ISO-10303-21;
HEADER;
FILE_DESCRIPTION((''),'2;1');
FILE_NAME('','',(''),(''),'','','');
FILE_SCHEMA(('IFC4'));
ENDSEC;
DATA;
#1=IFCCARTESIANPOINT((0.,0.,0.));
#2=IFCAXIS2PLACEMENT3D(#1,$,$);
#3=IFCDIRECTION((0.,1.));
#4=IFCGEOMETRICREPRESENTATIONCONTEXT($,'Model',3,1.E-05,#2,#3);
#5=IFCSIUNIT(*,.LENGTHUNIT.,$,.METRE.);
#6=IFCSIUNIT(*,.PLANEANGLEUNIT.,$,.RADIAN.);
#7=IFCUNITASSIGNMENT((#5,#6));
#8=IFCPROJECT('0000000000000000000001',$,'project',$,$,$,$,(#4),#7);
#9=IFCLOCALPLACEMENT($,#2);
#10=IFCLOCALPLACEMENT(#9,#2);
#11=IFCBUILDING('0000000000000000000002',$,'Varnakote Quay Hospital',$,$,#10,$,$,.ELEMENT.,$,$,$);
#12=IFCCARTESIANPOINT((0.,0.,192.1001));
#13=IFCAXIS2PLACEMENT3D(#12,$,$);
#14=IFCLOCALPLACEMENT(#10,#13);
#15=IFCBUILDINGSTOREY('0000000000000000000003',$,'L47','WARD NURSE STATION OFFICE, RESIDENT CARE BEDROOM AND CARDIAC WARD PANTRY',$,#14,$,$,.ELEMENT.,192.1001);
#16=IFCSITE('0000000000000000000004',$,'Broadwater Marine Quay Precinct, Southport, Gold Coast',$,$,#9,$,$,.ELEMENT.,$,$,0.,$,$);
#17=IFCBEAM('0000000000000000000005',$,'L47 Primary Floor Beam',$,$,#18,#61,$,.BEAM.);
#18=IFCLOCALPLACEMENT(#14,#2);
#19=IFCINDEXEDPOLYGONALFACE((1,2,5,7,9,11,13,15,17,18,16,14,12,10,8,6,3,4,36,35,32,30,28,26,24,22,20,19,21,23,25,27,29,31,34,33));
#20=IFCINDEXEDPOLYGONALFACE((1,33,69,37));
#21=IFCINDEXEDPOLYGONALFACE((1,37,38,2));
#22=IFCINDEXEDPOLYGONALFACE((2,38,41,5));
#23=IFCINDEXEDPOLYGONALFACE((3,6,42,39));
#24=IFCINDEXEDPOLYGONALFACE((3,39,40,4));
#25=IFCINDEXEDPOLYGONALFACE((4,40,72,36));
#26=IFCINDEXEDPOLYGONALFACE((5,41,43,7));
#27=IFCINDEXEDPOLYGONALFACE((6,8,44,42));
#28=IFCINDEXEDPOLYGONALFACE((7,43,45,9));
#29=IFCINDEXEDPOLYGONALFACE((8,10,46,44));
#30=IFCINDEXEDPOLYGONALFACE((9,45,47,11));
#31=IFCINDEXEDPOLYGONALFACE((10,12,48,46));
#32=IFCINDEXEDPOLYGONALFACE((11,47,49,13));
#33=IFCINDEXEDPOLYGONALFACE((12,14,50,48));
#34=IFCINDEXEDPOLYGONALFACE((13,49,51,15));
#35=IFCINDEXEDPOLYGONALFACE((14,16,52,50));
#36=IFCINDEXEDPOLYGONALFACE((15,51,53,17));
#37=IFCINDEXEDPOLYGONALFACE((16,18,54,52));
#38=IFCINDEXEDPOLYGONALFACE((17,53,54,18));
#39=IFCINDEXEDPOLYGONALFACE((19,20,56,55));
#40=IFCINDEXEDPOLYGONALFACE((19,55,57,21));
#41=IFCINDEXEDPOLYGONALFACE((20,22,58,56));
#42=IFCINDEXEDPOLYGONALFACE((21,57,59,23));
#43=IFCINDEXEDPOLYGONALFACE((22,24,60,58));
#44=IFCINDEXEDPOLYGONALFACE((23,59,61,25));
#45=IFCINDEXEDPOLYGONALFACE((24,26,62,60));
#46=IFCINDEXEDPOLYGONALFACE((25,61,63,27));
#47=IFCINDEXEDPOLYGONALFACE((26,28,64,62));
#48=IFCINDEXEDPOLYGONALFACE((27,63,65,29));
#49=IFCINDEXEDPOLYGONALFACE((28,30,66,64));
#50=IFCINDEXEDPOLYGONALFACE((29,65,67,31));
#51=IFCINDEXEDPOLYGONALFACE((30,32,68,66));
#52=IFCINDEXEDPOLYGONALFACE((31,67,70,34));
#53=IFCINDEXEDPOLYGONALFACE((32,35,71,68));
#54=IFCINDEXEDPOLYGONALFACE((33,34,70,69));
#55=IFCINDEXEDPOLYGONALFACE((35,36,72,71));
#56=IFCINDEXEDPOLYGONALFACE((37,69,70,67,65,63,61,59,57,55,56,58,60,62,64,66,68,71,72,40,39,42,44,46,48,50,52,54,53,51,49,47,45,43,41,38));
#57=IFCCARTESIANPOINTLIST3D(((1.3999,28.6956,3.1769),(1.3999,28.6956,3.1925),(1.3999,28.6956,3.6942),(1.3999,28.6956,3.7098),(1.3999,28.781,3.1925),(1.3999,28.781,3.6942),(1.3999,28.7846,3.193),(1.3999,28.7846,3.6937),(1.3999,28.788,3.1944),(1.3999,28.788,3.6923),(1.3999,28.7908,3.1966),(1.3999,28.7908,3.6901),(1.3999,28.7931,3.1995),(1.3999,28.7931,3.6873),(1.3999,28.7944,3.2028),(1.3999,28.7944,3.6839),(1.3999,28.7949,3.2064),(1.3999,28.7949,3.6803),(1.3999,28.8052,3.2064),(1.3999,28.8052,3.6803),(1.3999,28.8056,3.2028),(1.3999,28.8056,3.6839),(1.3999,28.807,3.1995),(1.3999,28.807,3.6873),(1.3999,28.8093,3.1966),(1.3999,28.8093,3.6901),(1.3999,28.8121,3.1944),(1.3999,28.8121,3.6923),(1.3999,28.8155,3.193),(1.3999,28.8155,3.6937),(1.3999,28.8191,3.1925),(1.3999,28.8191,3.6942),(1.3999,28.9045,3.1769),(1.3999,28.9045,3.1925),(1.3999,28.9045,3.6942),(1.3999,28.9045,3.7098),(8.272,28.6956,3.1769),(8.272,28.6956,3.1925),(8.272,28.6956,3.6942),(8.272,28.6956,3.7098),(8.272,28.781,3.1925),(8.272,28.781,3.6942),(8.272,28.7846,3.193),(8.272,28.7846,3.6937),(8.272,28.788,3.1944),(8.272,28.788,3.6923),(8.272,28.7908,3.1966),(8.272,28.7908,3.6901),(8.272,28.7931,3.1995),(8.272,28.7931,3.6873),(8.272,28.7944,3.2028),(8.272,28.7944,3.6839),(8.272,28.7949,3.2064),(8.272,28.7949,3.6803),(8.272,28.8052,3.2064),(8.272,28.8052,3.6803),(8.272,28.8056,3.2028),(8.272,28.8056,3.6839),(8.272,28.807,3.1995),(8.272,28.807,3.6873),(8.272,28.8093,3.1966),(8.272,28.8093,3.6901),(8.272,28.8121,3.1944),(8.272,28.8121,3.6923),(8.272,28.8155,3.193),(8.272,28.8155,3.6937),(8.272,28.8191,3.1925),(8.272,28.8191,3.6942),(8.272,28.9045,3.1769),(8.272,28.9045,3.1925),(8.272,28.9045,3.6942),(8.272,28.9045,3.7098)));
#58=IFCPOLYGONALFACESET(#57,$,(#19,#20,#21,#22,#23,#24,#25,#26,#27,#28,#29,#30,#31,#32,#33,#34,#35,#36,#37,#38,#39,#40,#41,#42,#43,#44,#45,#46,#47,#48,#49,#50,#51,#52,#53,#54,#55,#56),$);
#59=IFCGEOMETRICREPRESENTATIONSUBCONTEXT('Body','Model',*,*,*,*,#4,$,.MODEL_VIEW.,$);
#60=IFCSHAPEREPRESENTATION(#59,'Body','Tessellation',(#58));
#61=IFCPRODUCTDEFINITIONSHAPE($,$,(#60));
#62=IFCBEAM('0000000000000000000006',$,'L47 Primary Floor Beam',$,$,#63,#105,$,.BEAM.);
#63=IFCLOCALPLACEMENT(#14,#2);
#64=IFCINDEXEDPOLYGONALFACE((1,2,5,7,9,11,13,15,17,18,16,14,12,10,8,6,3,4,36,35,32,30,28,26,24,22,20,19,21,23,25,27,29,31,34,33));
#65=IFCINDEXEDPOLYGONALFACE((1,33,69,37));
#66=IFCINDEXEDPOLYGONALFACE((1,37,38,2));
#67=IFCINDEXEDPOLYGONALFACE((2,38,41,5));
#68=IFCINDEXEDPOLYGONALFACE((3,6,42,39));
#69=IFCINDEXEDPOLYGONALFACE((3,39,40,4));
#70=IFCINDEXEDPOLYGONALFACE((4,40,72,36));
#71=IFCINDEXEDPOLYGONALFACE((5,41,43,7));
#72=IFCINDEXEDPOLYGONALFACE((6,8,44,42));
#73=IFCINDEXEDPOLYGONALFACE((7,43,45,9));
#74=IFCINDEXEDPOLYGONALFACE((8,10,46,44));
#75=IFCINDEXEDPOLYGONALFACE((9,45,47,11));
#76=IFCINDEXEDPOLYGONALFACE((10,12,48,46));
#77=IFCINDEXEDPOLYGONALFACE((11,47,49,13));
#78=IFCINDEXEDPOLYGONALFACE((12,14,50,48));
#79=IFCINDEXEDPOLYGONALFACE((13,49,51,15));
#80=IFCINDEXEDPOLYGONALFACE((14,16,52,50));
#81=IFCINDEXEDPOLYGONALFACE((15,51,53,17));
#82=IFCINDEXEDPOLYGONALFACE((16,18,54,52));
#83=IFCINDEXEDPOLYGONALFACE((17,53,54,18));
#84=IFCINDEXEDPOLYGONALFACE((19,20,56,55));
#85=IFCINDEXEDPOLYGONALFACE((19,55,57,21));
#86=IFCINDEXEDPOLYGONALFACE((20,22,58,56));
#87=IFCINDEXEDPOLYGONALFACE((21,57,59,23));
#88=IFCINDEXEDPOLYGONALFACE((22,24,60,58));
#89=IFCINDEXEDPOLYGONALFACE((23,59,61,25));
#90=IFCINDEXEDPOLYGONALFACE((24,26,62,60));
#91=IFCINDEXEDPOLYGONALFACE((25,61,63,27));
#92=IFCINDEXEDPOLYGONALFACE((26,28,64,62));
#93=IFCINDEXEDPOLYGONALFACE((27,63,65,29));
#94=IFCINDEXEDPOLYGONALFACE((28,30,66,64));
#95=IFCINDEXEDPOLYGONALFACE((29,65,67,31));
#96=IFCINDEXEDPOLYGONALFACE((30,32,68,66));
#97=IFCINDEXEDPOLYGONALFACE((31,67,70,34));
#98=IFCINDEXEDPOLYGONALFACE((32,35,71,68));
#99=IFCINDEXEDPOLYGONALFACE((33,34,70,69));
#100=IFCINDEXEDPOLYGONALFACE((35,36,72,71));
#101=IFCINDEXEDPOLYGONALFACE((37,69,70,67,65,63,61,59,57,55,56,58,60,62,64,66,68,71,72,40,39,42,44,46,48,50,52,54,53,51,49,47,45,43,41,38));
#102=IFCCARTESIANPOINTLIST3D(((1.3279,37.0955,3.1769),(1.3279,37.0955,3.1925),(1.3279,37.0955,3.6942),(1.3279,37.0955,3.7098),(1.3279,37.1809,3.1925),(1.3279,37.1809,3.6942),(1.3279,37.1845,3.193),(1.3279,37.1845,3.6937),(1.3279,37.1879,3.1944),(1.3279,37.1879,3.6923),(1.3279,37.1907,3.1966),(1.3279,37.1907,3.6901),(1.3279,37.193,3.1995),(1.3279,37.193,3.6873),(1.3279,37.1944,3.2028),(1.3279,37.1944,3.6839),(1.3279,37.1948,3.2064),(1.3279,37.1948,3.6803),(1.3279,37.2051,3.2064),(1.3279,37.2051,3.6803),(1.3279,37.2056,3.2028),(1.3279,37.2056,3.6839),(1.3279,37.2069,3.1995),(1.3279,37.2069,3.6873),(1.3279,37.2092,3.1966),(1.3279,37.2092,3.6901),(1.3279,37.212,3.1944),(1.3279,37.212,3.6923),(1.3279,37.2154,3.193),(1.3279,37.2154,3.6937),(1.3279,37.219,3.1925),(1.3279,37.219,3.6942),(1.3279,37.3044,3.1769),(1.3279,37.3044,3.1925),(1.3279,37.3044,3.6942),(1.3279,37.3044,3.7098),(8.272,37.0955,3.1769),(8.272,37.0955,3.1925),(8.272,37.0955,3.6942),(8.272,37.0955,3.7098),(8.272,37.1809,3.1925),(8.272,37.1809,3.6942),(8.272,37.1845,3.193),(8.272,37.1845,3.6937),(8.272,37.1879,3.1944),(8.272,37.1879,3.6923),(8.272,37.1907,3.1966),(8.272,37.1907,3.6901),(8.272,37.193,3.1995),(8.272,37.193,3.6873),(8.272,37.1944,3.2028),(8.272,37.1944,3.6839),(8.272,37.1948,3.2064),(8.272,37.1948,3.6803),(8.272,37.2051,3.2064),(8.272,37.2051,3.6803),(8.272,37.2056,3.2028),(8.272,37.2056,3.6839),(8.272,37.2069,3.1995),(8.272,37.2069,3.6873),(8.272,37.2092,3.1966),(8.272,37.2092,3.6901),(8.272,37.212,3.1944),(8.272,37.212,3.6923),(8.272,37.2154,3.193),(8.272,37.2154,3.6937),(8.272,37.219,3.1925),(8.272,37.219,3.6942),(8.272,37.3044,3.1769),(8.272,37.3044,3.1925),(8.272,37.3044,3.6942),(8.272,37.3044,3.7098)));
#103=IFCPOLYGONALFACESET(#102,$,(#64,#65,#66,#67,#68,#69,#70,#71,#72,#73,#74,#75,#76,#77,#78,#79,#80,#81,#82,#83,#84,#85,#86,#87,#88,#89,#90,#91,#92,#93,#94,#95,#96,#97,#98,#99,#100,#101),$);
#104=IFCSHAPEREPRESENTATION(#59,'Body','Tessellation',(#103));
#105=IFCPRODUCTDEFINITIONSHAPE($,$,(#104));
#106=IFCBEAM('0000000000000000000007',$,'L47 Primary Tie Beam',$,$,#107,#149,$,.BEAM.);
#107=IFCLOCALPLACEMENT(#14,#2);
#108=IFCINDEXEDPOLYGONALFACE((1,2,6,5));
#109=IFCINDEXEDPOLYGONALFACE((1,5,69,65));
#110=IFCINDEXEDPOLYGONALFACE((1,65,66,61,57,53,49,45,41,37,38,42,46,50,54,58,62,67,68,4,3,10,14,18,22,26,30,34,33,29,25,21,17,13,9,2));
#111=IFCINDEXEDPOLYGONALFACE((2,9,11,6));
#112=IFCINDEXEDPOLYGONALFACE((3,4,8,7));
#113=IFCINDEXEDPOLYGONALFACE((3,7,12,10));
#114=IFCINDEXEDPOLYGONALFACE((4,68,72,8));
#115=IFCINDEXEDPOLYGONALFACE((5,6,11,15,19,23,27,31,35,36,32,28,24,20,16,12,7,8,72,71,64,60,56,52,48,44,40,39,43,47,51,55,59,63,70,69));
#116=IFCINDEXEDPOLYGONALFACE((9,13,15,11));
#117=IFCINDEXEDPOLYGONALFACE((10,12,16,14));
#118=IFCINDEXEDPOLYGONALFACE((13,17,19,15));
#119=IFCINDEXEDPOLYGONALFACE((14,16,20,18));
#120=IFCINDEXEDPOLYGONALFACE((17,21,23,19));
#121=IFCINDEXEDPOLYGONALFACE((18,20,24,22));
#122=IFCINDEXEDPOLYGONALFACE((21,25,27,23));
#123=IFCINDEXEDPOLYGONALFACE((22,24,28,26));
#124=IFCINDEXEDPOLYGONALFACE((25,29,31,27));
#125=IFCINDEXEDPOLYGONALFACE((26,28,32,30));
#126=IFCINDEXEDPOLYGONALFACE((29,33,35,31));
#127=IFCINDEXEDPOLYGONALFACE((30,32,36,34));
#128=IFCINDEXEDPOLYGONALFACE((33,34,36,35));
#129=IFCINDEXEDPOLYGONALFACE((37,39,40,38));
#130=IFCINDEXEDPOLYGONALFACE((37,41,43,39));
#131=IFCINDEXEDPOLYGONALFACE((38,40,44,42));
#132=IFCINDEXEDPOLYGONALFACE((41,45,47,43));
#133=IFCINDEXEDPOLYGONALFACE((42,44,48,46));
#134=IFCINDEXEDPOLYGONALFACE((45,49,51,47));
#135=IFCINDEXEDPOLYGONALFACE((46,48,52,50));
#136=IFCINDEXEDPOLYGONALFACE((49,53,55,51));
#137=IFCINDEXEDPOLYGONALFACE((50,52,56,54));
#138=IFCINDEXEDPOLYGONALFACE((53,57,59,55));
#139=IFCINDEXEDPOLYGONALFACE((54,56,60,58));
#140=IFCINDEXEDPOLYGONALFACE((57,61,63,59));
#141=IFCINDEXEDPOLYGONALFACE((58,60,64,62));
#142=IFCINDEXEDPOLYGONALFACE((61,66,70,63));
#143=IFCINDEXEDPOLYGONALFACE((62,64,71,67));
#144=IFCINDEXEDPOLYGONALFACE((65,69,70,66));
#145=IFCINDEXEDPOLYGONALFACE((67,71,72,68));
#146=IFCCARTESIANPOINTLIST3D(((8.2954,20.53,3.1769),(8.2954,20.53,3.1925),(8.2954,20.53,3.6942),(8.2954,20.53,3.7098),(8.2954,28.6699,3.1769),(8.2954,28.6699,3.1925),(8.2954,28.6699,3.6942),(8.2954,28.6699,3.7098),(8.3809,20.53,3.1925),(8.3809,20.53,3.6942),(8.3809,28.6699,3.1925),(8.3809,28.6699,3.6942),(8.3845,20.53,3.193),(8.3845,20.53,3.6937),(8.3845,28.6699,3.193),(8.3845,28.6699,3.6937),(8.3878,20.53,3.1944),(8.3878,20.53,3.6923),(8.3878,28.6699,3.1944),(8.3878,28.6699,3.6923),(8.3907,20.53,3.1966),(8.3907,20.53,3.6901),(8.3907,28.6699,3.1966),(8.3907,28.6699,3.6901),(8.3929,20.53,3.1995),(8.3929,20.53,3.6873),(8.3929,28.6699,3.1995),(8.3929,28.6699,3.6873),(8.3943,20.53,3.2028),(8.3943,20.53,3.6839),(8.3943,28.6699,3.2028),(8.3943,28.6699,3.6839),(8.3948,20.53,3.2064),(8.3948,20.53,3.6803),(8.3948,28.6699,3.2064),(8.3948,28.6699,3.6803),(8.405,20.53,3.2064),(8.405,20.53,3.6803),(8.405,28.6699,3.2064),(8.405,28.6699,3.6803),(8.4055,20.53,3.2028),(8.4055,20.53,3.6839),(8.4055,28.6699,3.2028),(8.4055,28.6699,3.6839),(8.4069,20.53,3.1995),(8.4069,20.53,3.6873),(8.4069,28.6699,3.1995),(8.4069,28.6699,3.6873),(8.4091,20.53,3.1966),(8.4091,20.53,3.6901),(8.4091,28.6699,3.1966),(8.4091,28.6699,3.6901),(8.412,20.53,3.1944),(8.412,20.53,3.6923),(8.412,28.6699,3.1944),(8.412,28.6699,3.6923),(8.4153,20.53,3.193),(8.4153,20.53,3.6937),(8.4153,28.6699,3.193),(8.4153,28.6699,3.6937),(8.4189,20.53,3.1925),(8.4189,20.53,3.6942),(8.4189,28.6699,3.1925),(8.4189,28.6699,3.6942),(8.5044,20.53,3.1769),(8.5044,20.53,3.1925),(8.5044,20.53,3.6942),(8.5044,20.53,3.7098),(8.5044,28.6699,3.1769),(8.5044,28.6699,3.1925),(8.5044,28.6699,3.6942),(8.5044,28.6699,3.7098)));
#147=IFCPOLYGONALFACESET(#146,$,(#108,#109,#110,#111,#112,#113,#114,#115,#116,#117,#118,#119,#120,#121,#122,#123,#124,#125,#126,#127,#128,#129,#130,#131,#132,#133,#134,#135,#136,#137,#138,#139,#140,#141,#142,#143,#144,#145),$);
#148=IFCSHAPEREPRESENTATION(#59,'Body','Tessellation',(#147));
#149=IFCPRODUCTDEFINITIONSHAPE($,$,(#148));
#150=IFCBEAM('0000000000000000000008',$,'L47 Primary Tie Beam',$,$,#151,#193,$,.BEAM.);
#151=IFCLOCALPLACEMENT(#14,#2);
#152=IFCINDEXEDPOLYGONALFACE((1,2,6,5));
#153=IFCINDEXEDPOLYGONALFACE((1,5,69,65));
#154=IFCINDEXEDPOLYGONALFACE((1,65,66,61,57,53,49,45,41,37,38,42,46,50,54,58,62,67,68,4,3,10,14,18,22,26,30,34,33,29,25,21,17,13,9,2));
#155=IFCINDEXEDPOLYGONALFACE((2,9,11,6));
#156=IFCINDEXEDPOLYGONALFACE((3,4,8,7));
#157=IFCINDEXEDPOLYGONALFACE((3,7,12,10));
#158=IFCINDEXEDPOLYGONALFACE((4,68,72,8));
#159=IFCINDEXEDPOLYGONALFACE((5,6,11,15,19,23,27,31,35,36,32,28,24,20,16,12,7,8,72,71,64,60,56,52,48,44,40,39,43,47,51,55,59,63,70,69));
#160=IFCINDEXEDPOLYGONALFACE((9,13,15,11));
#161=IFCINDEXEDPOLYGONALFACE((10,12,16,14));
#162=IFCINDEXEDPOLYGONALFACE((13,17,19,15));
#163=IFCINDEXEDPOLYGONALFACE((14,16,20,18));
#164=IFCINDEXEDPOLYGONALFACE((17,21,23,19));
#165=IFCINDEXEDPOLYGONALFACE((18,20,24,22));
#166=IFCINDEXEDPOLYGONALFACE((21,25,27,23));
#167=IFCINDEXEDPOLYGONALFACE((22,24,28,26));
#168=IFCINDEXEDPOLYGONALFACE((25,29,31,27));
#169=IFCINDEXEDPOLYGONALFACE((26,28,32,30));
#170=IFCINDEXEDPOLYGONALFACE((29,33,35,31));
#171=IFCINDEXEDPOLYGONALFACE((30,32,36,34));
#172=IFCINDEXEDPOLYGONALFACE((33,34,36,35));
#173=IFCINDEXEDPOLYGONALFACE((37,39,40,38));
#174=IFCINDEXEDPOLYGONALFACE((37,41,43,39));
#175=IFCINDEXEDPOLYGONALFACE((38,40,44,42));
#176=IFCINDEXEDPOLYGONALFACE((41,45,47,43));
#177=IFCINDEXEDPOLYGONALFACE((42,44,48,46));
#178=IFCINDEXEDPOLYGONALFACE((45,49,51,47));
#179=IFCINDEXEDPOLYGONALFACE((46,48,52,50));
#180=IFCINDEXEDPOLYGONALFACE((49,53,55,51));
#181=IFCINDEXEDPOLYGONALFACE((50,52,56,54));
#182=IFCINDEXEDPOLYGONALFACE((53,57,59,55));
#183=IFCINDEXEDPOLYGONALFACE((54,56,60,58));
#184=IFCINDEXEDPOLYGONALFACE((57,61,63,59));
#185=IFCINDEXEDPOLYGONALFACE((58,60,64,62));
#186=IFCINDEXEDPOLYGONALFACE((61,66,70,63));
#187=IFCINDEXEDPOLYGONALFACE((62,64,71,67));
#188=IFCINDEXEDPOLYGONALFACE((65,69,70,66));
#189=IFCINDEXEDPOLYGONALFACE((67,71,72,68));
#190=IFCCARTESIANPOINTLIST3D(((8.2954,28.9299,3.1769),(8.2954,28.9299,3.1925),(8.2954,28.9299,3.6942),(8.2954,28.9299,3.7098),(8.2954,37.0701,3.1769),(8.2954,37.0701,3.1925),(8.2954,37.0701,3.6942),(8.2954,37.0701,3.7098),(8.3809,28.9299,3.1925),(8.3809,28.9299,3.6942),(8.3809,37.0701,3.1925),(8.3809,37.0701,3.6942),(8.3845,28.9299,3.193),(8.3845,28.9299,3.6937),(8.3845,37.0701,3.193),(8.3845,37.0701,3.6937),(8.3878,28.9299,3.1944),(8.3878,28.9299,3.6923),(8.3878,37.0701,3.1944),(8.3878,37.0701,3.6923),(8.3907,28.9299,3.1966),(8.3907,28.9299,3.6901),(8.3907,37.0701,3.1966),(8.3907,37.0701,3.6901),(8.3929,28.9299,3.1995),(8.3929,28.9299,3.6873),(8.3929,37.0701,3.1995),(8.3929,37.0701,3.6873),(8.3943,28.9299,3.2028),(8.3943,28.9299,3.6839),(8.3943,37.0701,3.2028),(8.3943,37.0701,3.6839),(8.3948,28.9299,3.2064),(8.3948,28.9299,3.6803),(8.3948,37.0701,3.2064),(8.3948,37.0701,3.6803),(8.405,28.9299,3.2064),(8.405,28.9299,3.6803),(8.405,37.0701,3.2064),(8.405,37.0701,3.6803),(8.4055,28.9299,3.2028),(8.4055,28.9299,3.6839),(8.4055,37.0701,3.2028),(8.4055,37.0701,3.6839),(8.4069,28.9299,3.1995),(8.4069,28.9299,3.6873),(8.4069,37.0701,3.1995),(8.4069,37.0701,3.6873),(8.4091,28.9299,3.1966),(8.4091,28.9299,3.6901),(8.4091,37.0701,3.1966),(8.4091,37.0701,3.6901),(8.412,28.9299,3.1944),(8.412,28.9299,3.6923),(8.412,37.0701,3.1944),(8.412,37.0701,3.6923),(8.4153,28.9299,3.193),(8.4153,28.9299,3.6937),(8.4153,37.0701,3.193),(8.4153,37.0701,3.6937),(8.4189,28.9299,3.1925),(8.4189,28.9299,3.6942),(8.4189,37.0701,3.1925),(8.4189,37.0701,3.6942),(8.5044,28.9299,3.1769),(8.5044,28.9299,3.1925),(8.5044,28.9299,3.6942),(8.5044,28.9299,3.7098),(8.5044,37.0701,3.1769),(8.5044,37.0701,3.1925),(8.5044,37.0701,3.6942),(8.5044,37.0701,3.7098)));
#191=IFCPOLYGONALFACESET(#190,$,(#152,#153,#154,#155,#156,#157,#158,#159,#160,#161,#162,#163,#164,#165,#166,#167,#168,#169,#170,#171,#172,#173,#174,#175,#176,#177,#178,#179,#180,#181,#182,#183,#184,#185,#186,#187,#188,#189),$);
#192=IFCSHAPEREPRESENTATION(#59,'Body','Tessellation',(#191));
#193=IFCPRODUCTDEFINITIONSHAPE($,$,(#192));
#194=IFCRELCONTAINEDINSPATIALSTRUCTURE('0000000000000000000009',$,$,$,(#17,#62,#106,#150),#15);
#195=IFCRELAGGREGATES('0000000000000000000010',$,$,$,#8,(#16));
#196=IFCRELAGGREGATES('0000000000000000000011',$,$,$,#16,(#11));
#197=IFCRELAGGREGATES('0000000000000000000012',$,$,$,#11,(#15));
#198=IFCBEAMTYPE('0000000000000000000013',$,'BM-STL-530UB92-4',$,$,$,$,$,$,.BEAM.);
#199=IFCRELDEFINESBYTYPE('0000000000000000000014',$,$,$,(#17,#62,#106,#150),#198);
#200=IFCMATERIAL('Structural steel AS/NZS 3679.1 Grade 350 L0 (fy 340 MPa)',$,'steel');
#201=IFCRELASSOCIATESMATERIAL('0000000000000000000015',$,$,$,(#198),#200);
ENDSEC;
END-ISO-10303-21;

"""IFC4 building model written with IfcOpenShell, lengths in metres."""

from ifc_helpers import new_model, si_unit, direction, frame, origin, origin_2d, place, context, subcontext, project, spatial, i_section, extrude, material, material_profile, profile_set, type_object, element, save


model = new_model("IFC4")

# Units and contexts
model_context = context("Model", 3, precision=1e-05, world=origin(), true_north=direction((0.0, 1.0)))
body_context = subcontext(model_context, "Body", "Model", "MODEL_VIEW")
ifc_project = project(units=[si_unit("LENGTHUNIT", "METRE"), si_unit("PLANEANGLEUNIT", "RADIAN")], contexts=[model_context])

# Site, building, storey
site_placement = place(None, origin())
site = spatial("IfcSite", under=ifc_project, at=site_placement, Name="Broadwater Marine Quay Precinct, Southport, Gold Coast", CompositionType="ELEMENT", RefElevation=0.0)
building_placement = place(site_placement, origin())
building = spatial("IfcBuilding", under=site, at=building_placement, Name="Varnakote Quay Hospital", CompositionType="ELEMENT")
storey_placement = place(building_placement, frame((0.0, 0.0, 192.1001)))
storey = spatial("IfcBuildingStorey", under=building, at=storey_placement, Name="L47", Description="WARD NURSE STATION OFFICE, RESIDENT CARE BEDROOM AND CARDIAC WARD PANTRY", CompositionType="ELEMENT", Elevation=192.1001)

# Beams
ifc_material_1 = material(Name="Structural steel AS/NZS 3679.1 Grade 350 L0 (fy 340 MPa)", Category="steel")
ifc_material_profile_1 = material_profile(ifc_material_1, i_section(OverallWidth=0.209, OverallDepth=0.533, WebThickness=0.0103, FlangeThickness=0.0156, FilletRadius=0.0139, at=origin_2d()), Name="530UB92.4")
ifc_profile_set_1 = profile_set([ifc_material_profile_1], Name="Structural steel AS/NZS 3679.1 Grade 350 L0 (fy 340 MPa)")
beam_type_1 = type_object("IfcBeamType", Name="BM-STL-530UB92-4", PredefinedType="BEAM", material=ifc_profile_set_1)
beam_1_placement = place(storey_placement, frame((1.3999, 28.8, 3.4434), z_axis=(1.0, 0.0, 0.0), x_axis=(0.0, 1.0, 0.0)))
element("IfcBeam", 1, at=beam_1_placement, inside=storey, type_object=beam_type_1, Name="L47 Primary Floor Beam", PredefinedType="BEAM", context=body_context, shape_type="SweptSolid", body=[
    extrude(i_section(OverallWidth=0.209, OverallDepth=0.533, WebThickness=0.0103, FlangeThickness=0.0156, FilletRadius=0.0139, at=origin_2d()), origin(), (0.0, 0.0, 1.0), 6.8721),
])
beam_2_placement = place(storey_placement, frame((1.3279, 37.2, 3.4434), z_axis=(1.0, 0.0, 0.0), x_axis=(0.0, 1.0, 0.0)))
element("IfcBeam", 2, at=beam_2_placement, inside=storey, type_object=beam_type_1, Name="L47 Primary Floor Beam", PredefinedType="BEAM", context=body_context, shape_type="SweptSolid", body=[
    extrude(i_section(OverallWidth=0.209, OverallDepth=0.533, WebThickness=0.0103, FlangeThickness=0.0156, FilletRadius=0.0139, at=origin_2d()), origin(), (0.0, 0.0, 1.0), 6.9441),
])
beam_3_placement = place(storey_placement, frame((8.3999, 20.53, 3.4434), z_axis=(0.0, 1.0, 0.0), x_axis=(-1.0, 0.0, 0.0)))
element("IfcBeam", 3, at=beam_3_placement, inside=storey, type_object=beam_type_1, Name="L47 Primary Tie Beam", PredefinedType="BEAM", context=body_context, shape_type="SweptSolid", body=[
    extrude(i_section(OverallWidth=0.209, OverallDepth=0.533, WebThickness=0.0103, FlangeThickness=0.0156, FilletRadius=0.0139, at=origin_2d()), origin(), (0.0, 0.0, 1.0), 8.1399),
])
beam_4_placement = place(storey_placement, frame((8.3999, 28.9299, 3.4434), z_axis=(0.0, 1.0, 0.0), x_axis=(-1.0, 0.0, 0.0)))
element("IfcBeam", 4, at=beam_4_placement, inside=storey, type_object=beam_type_1, Name="L47 Primary Tie Beam", PredefinedType="BEAM", context=body_context, shape_type="SweptSolid", body=[
    extrude(i_section(OverallWidth=0.209, OverallDepth=0.533, WebThickness=0.0103, FlangeThickness=0.0156, FilletRadius=0.0139, at=origin_2d()), origin(), (0.0, 0.0, 1.0), 8.1401),
])

save(model, "model.ifc")
